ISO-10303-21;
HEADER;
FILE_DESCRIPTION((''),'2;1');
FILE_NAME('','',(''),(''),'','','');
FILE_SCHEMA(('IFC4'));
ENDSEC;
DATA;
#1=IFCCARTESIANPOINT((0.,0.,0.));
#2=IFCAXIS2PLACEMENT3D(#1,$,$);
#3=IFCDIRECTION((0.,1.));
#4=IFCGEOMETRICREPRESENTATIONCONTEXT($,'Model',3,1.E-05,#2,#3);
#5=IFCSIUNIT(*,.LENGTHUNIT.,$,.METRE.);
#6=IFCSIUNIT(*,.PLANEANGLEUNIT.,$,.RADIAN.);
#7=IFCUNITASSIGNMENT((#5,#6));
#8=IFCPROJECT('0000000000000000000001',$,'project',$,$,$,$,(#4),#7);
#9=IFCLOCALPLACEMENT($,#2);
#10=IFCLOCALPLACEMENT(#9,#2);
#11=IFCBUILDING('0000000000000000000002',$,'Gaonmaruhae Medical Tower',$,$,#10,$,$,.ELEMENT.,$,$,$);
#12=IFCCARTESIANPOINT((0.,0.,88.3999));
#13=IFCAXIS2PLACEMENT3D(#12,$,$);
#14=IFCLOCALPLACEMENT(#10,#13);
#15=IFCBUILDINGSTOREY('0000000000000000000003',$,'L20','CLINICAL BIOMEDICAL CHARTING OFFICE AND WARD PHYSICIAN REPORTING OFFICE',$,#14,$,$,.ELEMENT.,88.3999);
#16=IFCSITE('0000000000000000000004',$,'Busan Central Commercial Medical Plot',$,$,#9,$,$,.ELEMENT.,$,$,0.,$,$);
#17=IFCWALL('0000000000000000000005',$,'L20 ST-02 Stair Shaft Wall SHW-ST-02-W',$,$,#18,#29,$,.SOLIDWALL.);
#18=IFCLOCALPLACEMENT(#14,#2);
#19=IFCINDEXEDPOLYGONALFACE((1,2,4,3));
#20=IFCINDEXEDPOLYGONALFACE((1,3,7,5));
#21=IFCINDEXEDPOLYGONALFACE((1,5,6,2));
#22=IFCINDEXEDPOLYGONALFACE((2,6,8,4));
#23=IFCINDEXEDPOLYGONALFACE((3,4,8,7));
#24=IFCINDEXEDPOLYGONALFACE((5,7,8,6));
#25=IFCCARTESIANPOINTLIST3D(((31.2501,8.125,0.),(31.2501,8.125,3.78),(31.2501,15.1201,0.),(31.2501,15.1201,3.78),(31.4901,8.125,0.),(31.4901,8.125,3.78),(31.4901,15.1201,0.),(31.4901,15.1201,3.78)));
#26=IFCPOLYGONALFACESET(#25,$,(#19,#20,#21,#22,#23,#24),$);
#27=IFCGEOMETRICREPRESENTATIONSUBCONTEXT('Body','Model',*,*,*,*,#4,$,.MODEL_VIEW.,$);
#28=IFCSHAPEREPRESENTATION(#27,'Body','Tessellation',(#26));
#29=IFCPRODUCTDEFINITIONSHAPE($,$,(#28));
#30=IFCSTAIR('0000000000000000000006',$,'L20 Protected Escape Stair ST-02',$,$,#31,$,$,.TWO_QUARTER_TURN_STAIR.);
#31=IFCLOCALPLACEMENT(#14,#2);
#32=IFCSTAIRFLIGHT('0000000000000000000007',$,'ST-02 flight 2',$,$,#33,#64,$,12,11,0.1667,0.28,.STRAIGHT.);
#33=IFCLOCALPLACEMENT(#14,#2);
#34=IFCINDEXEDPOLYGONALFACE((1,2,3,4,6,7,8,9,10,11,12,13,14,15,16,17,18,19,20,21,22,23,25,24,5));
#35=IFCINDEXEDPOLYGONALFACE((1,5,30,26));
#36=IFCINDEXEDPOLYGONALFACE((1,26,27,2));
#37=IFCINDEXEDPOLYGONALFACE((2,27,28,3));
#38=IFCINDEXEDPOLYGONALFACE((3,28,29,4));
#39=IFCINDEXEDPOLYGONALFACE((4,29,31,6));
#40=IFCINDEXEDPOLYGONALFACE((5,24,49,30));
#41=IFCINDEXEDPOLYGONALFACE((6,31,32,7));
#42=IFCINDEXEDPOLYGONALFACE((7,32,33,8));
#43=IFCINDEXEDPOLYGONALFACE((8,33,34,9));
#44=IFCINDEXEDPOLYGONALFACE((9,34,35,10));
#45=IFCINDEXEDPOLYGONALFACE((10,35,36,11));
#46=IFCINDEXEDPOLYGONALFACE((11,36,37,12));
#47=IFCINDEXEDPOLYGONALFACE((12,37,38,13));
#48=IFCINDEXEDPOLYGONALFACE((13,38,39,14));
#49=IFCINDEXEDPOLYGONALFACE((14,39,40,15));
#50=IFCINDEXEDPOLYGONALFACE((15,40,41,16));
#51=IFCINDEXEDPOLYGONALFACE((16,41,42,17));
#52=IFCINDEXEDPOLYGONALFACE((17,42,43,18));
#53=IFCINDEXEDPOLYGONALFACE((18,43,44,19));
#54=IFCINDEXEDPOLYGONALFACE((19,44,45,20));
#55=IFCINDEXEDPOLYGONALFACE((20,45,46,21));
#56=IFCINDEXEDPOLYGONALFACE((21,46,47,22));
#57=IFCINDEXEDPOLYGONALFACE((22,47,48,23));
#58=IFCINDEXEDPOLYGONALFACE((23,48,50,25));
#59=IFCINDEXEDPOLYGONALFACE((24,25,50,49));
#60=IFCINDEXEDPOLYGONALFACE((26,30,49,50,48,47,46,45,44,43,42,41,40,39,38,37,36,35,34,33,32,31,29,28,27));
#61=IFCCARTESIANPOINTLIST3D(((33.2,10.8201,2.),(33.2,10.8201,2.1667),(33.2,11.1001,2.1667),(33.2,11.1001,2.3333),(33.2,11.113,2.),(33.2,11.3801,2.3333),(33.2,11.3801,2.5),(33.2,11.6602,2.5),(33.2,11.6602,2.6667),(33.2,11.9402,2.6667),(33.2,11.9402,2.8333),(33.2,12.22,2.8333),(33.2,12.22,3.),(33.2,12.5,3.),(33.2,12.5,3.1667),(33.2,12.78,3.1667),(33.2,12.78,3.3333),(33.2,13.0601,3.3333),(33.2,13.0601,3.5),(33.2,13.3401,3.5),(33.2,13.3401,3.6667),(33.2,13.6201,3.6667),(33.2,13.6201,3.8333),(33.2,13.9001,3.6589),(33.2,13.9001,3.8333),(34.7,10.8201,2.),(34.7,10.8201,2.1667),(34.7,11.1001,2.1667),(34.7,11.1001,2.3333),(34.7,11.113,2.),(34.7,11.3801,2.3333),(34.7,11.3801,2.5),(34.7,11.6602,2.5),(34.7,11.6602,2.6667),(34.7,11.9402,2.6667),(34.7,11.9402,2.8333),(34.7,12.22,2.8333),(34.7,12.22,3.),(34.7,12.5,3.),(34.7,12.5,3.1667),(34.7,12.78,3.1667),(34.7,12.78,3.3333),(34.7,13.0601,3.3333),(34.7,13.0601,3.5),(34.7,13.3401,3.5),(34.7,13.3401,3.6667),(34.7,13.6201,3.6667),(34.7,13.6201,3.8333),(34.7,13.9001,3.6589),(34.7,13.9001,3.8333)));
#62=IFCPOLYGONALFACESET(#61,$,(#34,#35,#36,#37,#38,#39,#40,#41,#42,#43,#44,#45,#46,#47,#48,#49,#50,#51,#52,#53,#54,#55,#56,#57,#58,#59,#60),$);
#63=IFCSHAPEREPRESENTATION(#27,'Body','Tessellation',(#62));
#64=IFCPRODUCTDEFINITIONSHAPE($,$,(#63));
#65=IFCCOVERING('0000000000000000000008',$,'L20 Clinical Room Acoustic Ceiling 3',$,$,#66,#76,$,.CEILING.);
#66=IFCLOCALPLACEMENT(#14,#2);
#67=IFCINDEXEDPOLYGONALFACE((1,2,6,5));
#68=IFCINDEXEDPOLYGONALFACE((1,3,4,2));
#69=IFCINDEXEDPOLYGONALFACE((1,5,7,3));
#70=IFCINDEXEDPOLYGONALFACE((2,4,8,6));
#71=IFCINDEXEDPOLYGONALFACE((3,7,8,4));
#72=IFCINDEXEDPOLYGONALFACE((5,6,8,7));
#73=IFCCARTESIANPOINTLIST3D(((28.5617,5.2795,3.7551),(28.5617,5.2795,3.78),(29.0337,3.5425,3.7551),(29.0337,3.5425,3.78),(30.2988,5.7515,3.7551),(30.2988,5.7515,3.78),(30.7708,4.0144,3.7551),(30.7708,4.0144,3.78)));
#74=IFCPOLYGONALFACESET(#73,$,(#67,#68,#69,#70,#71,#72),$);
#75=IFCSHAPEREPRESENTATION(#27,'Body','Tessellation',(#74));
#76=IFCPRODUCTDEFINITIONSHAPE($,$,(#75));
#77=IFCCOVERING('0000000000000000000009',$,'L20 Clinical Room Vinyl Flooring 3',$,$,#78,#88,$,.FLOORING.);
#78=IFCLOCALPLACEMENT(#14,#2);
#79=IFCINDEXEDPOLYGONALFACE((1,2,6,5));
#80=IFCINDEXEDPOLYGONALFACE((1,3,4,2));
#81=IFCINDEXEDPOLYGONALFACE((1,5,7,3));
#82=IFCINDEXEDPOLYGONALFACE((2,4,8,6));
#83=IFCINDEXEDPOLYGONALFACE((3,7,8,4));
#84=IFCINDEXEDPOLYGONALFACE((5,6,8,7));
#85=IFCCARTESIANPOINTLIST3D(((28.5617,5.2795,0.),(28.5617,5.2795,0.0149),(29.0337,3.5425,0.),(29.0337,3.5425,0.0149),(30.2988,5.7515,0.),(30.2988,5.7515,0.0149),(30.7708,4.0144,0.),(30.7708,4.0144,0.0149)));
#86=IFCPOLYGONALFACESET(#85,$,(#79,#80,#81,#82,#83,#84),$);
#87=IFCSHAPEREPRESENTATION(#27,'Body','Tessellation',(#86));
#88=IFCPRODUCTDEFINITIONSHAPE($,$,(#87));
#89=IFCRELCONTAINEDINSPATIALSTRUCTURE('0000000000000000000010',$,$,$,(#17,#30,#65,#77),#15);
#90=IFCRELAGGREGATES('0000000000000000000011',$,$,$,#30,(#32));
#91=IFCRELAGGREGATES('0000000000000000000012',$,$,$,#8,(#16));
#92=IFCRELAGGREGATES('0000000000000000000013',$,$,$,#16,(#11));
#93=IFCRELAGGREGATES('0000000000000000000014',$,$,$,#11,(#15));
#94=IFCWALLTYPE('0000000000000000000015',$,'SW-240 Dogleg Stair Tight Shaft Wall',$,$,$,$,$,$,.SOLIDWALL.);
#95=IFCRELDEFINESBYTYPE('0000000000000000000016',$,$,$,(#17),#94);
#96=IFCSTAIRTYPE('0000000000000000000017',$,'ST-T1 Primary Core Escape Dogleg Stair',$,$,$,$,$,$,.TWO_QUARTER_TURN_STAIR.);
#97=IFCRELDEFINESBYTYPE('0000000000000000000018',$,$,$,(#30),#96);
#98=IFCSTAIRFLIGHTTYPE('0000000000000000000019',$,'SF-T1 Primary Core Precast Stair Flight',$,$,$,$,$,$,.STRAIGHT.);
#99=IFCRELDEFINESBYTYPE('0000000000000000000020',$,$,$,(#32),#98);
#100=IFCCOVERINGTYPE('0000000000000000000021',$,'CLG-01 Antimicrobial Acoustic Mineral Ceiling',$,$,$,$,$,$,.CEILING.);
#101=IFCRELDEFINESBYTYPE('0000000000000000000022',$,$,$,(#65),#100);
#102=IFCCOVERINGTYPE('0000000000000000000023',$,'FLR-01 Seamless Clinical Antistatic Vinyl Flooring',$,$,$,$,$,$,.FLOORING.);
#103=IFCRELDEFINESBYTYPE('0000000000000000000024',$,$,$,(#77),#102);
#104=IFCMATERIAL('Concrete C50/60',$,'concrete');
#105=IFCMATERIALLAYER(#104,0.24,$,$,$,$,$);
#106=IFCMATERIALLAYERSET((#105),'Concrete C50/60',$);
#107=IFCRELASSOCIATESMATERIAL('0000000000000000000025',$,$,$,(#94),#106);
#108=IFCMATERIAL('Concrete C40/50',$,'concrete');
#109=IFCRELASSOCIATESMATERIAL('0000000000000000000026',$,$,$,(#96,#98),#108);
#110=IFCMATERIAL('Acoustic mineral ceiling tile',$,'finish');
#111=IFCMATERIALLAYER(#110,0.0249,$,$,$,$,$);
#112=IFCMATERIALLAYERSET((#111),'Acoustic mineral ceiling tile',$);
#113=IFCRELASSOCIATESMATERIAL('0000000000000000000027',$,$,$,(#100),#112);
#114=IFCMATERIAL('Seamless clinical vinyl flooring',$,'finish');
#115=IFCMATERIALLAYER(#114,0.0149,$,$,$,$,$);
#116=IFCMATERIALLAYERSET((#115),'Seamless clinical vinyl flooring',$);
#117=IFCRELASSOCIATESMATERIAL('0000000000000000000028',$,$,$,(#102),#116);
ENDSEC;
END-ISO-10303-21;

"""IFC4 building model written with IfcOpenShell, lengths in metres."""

from ifc_helpers import new_model, si_unit, direction, frame, frame_2d, origin, origin_2d, place, context, subcontext, project, spatial, polyline, rectangle, outline, extrude, material, layer, layer_set, type_object, element, aggregate, save


model = new_model("IFC4")

# Units and contexts
model_context = context("Model", 3, precision=1e-05, world=origin(), true_north=direction((0.0, 1.0)))
body_context = subcontext(model_context, "Body", "Model", "MODEL_VIEW")
ifc_project = project(units=[si_unit("LENGTHUNIT", "METRE"), si_unit("PLANEANGLEUNIT", "RADIAN")], contexts=[model_context])

# Site, building, storey
site_placement = place(None, origin())
site = spatial("IfcSite", under=ifc_project, at=site_placement, Name="Busan Central Commercial Medical Plot", CompositionType="ELEMENT", RefElevation=0.0)
building_placement = place(site_placement, origin())
building = spatial("IfcBuilding", under=site, at=building_placement, Name="Gaonmaruhae Medical Tower", CompositionType="ELEMENT")
storey_placement = place(building_placement, frame((0.0, 0.0, 88.3999)))
storey = spatial("IfcBuildingStorey", under=building, at=storey_placement, Name="L20", Description="CLINICAL BIOMEDICAL CHARTING OFFICE AND WARD PHYSICIAN REPORTING OFFICE", CompositionType="ELEMENT", Elevation=88.3999)

# Wall
ifc_material_1 = material(Name="Concrete C50/60", Category="concrete")
ifc_layer_1 = layer(ifc_material_1, 0.24)
ifc_layer_set_1 = layer_set([ifc_layer_1], Name="Concrete C50/60")
wall_type_1 = type_object("IfcWallType", Name="SW-240 Dogleg Stair Tight Shaft Wall", PredefinedType="SOLIDWALL", material=ifc_layer_set_1)
wall_1_placement = place(storey_placement, frame((31.3701, 8.125, 0.0), z_axis=(0.0, 0.0, 1.0), x_axis=(0.0, 1.0, 0.0)))
element("IfcWall", 1, at=wall_1_placement, inside=storey, type_object=wall_type_1, Name="L20 ST-02 Stair Shaft Wall SHW-ST-02-W", PredefinedType="SOLIDWALL", context=body_context, shape_type="SweptSolid", body=[
    extrude(rectangle(XDim=6.9951, YDim=0.24, at=frame_2d((3.4976, 0.0))), origin(), (0.0, 0.0, 1.0), 3.78),
])

# Stair, stair flight
ifc_material_2 = material(Name="Concrete C40/50", Category="concrete")
stair_type = type_object("IfcStairType", Name="ST-T1 Primary Core Escape Dogleg Stair", PredefinedType="TWO_QUARTER_TURN_STAIR", material=ifc_material_2)
stair_placement = place(storey_placement, origin())
stair = element("IfcStair", 2, at=stair_placement, inside=storey, type_object=stair_type, Name="L20 Protected Escape Stair ST-02", PredefinedType="TWO_QUARTER_TURN_STAIR")
stair_flight_type = type_object("IfcStairFlightType", Name="SF-T1 Primary Core Precast Stair Flight", PredefinedType="STRAIGHT", material=ifc_material_2)
stair_flight_placement = place(storey_placement, frame((33.95, 10.8201, 2.0), z_axis=(0.0, 0.0, 1.0), x_axis=(0.0, 1.0, 0.0)))
stair_flight = element("IfcStairFlight", 3, at=stair_flight_placement, type_object=stair_flight_type, Name="ST-02 flight 2", NumberOfRisers=12, NumberOfTreads=11, PredefinedType="STRAIGHT", RiserHeight=0.1667, TreadLength=0.28, context=body_context, shape_type="SweptSolid", body=[
    extrude(outline(polyline([(0.0, 0.0), (0.0, 0.1667), (0.28, 0.1667), (0.28, 0.3333), (0.5601, 0.3333), (0.5601, 0.5), (0.8401, 0.5), (0.8401, 0.6667), (1.1201, 0.6667), (1.1201, 0.8333), (1.3999, 0.8333), (1.3999, 1.0), (1.6799, 1.0), (1.6799, 1.1667), (1.96, 1.1667), (1.96, 1.3333), (2.24, 1.3333), (2.24, 1.5), (2.52, 1.5), (2.52, 1.6667), (2.8, 1.6667), (2.8, 1.8333), (3.0801, 1.8333), (3.0801, 2.0), (3.0801, 1.6589), (0.293, 0.0), (0.0, 0.0)])), frame((0.0, 0.75, 0.0), z_axis=(0.0, -1.0, 0.0), x_axis=(1.0, 0.0, 0.0)), (0.0, 0.0, 1.0), 1.5),
])
aggregate(stair, [stair_flight])

# Coverings
ifc_material_3 = material(Name="Acoustic mineral ceiling tile", Category="finish")
ifc_layer_2 = layer(ifc_material_3, 0.0249)
ifc_layer_set_2 = layer_set([ifc_layer_2], Name="Acoustic mineral ceiling tile")
covering_type_1 = type_object("IfcCoveringType", Name="CLG-01 Antimicrobial Acoustic Mineral Ceiling", PredefinedType="CEILING", material=ifc_layer_set_2)
covering_1_placement = place(storey_placement, frame((29.6663, 4.647, 3.7551), z_axis=(0.0, 0.0, 1.0), x_axis=(0.965016, 0.262189, 0.0)))
element("IfcCovering", 4, at=covering_1_placement, inside=storey, type_object=covering_type_1, Name="L20 Clinical Room Acoustic Ceiling 3", PredefinedType="CEILING", context=body_context, shape_type="SweptSolid", body=[
    extrude(rectangle(XDim=1.8, YDim=1.8, at=origin_2d()), origin(), (0.0, 0.0, 1.0), 0.0249),
])
ifc_material_4 = material(Name="Seamless clinical vinyl flooring", Category="finish")
ifc_layer_3 = layer(ifc_material_4, 0.0149)
ifc_layer_set_3 = layer_set([ifc_layer_3], Name="Seamless clinical vinyl flooring")
covering_type_2 = type_object("IfcCoveringType", Name="FLR-01 Seamless Clinical Antistatic Vinyl Flooring", PredefinedType="FLOORING", material=ifc_layer_set_3)
covering_2_placement = place(storey_placement, frame((29.6663, 4.647, 0.0), z_axis=(0.0, 0.0, 1.0), x_axis=(0.965016, 0.262189, 0.0)))
element("IfcCovering", 5, at=covering_2_placement, inside=storey, type_object=covering_type_2, Name="L20 Clinical Room Vinyl Flooring 3", PredefinedType="FLOORING", context=body_context, shape_type="SweptSolid", body=[
    extrude(rectangle(XDim=1.8, YDim=1.8, at=origin_2d()), origin(), (0.0, 0.0, 1.0), 0.0149),
])

save(model, "model.ifc")
